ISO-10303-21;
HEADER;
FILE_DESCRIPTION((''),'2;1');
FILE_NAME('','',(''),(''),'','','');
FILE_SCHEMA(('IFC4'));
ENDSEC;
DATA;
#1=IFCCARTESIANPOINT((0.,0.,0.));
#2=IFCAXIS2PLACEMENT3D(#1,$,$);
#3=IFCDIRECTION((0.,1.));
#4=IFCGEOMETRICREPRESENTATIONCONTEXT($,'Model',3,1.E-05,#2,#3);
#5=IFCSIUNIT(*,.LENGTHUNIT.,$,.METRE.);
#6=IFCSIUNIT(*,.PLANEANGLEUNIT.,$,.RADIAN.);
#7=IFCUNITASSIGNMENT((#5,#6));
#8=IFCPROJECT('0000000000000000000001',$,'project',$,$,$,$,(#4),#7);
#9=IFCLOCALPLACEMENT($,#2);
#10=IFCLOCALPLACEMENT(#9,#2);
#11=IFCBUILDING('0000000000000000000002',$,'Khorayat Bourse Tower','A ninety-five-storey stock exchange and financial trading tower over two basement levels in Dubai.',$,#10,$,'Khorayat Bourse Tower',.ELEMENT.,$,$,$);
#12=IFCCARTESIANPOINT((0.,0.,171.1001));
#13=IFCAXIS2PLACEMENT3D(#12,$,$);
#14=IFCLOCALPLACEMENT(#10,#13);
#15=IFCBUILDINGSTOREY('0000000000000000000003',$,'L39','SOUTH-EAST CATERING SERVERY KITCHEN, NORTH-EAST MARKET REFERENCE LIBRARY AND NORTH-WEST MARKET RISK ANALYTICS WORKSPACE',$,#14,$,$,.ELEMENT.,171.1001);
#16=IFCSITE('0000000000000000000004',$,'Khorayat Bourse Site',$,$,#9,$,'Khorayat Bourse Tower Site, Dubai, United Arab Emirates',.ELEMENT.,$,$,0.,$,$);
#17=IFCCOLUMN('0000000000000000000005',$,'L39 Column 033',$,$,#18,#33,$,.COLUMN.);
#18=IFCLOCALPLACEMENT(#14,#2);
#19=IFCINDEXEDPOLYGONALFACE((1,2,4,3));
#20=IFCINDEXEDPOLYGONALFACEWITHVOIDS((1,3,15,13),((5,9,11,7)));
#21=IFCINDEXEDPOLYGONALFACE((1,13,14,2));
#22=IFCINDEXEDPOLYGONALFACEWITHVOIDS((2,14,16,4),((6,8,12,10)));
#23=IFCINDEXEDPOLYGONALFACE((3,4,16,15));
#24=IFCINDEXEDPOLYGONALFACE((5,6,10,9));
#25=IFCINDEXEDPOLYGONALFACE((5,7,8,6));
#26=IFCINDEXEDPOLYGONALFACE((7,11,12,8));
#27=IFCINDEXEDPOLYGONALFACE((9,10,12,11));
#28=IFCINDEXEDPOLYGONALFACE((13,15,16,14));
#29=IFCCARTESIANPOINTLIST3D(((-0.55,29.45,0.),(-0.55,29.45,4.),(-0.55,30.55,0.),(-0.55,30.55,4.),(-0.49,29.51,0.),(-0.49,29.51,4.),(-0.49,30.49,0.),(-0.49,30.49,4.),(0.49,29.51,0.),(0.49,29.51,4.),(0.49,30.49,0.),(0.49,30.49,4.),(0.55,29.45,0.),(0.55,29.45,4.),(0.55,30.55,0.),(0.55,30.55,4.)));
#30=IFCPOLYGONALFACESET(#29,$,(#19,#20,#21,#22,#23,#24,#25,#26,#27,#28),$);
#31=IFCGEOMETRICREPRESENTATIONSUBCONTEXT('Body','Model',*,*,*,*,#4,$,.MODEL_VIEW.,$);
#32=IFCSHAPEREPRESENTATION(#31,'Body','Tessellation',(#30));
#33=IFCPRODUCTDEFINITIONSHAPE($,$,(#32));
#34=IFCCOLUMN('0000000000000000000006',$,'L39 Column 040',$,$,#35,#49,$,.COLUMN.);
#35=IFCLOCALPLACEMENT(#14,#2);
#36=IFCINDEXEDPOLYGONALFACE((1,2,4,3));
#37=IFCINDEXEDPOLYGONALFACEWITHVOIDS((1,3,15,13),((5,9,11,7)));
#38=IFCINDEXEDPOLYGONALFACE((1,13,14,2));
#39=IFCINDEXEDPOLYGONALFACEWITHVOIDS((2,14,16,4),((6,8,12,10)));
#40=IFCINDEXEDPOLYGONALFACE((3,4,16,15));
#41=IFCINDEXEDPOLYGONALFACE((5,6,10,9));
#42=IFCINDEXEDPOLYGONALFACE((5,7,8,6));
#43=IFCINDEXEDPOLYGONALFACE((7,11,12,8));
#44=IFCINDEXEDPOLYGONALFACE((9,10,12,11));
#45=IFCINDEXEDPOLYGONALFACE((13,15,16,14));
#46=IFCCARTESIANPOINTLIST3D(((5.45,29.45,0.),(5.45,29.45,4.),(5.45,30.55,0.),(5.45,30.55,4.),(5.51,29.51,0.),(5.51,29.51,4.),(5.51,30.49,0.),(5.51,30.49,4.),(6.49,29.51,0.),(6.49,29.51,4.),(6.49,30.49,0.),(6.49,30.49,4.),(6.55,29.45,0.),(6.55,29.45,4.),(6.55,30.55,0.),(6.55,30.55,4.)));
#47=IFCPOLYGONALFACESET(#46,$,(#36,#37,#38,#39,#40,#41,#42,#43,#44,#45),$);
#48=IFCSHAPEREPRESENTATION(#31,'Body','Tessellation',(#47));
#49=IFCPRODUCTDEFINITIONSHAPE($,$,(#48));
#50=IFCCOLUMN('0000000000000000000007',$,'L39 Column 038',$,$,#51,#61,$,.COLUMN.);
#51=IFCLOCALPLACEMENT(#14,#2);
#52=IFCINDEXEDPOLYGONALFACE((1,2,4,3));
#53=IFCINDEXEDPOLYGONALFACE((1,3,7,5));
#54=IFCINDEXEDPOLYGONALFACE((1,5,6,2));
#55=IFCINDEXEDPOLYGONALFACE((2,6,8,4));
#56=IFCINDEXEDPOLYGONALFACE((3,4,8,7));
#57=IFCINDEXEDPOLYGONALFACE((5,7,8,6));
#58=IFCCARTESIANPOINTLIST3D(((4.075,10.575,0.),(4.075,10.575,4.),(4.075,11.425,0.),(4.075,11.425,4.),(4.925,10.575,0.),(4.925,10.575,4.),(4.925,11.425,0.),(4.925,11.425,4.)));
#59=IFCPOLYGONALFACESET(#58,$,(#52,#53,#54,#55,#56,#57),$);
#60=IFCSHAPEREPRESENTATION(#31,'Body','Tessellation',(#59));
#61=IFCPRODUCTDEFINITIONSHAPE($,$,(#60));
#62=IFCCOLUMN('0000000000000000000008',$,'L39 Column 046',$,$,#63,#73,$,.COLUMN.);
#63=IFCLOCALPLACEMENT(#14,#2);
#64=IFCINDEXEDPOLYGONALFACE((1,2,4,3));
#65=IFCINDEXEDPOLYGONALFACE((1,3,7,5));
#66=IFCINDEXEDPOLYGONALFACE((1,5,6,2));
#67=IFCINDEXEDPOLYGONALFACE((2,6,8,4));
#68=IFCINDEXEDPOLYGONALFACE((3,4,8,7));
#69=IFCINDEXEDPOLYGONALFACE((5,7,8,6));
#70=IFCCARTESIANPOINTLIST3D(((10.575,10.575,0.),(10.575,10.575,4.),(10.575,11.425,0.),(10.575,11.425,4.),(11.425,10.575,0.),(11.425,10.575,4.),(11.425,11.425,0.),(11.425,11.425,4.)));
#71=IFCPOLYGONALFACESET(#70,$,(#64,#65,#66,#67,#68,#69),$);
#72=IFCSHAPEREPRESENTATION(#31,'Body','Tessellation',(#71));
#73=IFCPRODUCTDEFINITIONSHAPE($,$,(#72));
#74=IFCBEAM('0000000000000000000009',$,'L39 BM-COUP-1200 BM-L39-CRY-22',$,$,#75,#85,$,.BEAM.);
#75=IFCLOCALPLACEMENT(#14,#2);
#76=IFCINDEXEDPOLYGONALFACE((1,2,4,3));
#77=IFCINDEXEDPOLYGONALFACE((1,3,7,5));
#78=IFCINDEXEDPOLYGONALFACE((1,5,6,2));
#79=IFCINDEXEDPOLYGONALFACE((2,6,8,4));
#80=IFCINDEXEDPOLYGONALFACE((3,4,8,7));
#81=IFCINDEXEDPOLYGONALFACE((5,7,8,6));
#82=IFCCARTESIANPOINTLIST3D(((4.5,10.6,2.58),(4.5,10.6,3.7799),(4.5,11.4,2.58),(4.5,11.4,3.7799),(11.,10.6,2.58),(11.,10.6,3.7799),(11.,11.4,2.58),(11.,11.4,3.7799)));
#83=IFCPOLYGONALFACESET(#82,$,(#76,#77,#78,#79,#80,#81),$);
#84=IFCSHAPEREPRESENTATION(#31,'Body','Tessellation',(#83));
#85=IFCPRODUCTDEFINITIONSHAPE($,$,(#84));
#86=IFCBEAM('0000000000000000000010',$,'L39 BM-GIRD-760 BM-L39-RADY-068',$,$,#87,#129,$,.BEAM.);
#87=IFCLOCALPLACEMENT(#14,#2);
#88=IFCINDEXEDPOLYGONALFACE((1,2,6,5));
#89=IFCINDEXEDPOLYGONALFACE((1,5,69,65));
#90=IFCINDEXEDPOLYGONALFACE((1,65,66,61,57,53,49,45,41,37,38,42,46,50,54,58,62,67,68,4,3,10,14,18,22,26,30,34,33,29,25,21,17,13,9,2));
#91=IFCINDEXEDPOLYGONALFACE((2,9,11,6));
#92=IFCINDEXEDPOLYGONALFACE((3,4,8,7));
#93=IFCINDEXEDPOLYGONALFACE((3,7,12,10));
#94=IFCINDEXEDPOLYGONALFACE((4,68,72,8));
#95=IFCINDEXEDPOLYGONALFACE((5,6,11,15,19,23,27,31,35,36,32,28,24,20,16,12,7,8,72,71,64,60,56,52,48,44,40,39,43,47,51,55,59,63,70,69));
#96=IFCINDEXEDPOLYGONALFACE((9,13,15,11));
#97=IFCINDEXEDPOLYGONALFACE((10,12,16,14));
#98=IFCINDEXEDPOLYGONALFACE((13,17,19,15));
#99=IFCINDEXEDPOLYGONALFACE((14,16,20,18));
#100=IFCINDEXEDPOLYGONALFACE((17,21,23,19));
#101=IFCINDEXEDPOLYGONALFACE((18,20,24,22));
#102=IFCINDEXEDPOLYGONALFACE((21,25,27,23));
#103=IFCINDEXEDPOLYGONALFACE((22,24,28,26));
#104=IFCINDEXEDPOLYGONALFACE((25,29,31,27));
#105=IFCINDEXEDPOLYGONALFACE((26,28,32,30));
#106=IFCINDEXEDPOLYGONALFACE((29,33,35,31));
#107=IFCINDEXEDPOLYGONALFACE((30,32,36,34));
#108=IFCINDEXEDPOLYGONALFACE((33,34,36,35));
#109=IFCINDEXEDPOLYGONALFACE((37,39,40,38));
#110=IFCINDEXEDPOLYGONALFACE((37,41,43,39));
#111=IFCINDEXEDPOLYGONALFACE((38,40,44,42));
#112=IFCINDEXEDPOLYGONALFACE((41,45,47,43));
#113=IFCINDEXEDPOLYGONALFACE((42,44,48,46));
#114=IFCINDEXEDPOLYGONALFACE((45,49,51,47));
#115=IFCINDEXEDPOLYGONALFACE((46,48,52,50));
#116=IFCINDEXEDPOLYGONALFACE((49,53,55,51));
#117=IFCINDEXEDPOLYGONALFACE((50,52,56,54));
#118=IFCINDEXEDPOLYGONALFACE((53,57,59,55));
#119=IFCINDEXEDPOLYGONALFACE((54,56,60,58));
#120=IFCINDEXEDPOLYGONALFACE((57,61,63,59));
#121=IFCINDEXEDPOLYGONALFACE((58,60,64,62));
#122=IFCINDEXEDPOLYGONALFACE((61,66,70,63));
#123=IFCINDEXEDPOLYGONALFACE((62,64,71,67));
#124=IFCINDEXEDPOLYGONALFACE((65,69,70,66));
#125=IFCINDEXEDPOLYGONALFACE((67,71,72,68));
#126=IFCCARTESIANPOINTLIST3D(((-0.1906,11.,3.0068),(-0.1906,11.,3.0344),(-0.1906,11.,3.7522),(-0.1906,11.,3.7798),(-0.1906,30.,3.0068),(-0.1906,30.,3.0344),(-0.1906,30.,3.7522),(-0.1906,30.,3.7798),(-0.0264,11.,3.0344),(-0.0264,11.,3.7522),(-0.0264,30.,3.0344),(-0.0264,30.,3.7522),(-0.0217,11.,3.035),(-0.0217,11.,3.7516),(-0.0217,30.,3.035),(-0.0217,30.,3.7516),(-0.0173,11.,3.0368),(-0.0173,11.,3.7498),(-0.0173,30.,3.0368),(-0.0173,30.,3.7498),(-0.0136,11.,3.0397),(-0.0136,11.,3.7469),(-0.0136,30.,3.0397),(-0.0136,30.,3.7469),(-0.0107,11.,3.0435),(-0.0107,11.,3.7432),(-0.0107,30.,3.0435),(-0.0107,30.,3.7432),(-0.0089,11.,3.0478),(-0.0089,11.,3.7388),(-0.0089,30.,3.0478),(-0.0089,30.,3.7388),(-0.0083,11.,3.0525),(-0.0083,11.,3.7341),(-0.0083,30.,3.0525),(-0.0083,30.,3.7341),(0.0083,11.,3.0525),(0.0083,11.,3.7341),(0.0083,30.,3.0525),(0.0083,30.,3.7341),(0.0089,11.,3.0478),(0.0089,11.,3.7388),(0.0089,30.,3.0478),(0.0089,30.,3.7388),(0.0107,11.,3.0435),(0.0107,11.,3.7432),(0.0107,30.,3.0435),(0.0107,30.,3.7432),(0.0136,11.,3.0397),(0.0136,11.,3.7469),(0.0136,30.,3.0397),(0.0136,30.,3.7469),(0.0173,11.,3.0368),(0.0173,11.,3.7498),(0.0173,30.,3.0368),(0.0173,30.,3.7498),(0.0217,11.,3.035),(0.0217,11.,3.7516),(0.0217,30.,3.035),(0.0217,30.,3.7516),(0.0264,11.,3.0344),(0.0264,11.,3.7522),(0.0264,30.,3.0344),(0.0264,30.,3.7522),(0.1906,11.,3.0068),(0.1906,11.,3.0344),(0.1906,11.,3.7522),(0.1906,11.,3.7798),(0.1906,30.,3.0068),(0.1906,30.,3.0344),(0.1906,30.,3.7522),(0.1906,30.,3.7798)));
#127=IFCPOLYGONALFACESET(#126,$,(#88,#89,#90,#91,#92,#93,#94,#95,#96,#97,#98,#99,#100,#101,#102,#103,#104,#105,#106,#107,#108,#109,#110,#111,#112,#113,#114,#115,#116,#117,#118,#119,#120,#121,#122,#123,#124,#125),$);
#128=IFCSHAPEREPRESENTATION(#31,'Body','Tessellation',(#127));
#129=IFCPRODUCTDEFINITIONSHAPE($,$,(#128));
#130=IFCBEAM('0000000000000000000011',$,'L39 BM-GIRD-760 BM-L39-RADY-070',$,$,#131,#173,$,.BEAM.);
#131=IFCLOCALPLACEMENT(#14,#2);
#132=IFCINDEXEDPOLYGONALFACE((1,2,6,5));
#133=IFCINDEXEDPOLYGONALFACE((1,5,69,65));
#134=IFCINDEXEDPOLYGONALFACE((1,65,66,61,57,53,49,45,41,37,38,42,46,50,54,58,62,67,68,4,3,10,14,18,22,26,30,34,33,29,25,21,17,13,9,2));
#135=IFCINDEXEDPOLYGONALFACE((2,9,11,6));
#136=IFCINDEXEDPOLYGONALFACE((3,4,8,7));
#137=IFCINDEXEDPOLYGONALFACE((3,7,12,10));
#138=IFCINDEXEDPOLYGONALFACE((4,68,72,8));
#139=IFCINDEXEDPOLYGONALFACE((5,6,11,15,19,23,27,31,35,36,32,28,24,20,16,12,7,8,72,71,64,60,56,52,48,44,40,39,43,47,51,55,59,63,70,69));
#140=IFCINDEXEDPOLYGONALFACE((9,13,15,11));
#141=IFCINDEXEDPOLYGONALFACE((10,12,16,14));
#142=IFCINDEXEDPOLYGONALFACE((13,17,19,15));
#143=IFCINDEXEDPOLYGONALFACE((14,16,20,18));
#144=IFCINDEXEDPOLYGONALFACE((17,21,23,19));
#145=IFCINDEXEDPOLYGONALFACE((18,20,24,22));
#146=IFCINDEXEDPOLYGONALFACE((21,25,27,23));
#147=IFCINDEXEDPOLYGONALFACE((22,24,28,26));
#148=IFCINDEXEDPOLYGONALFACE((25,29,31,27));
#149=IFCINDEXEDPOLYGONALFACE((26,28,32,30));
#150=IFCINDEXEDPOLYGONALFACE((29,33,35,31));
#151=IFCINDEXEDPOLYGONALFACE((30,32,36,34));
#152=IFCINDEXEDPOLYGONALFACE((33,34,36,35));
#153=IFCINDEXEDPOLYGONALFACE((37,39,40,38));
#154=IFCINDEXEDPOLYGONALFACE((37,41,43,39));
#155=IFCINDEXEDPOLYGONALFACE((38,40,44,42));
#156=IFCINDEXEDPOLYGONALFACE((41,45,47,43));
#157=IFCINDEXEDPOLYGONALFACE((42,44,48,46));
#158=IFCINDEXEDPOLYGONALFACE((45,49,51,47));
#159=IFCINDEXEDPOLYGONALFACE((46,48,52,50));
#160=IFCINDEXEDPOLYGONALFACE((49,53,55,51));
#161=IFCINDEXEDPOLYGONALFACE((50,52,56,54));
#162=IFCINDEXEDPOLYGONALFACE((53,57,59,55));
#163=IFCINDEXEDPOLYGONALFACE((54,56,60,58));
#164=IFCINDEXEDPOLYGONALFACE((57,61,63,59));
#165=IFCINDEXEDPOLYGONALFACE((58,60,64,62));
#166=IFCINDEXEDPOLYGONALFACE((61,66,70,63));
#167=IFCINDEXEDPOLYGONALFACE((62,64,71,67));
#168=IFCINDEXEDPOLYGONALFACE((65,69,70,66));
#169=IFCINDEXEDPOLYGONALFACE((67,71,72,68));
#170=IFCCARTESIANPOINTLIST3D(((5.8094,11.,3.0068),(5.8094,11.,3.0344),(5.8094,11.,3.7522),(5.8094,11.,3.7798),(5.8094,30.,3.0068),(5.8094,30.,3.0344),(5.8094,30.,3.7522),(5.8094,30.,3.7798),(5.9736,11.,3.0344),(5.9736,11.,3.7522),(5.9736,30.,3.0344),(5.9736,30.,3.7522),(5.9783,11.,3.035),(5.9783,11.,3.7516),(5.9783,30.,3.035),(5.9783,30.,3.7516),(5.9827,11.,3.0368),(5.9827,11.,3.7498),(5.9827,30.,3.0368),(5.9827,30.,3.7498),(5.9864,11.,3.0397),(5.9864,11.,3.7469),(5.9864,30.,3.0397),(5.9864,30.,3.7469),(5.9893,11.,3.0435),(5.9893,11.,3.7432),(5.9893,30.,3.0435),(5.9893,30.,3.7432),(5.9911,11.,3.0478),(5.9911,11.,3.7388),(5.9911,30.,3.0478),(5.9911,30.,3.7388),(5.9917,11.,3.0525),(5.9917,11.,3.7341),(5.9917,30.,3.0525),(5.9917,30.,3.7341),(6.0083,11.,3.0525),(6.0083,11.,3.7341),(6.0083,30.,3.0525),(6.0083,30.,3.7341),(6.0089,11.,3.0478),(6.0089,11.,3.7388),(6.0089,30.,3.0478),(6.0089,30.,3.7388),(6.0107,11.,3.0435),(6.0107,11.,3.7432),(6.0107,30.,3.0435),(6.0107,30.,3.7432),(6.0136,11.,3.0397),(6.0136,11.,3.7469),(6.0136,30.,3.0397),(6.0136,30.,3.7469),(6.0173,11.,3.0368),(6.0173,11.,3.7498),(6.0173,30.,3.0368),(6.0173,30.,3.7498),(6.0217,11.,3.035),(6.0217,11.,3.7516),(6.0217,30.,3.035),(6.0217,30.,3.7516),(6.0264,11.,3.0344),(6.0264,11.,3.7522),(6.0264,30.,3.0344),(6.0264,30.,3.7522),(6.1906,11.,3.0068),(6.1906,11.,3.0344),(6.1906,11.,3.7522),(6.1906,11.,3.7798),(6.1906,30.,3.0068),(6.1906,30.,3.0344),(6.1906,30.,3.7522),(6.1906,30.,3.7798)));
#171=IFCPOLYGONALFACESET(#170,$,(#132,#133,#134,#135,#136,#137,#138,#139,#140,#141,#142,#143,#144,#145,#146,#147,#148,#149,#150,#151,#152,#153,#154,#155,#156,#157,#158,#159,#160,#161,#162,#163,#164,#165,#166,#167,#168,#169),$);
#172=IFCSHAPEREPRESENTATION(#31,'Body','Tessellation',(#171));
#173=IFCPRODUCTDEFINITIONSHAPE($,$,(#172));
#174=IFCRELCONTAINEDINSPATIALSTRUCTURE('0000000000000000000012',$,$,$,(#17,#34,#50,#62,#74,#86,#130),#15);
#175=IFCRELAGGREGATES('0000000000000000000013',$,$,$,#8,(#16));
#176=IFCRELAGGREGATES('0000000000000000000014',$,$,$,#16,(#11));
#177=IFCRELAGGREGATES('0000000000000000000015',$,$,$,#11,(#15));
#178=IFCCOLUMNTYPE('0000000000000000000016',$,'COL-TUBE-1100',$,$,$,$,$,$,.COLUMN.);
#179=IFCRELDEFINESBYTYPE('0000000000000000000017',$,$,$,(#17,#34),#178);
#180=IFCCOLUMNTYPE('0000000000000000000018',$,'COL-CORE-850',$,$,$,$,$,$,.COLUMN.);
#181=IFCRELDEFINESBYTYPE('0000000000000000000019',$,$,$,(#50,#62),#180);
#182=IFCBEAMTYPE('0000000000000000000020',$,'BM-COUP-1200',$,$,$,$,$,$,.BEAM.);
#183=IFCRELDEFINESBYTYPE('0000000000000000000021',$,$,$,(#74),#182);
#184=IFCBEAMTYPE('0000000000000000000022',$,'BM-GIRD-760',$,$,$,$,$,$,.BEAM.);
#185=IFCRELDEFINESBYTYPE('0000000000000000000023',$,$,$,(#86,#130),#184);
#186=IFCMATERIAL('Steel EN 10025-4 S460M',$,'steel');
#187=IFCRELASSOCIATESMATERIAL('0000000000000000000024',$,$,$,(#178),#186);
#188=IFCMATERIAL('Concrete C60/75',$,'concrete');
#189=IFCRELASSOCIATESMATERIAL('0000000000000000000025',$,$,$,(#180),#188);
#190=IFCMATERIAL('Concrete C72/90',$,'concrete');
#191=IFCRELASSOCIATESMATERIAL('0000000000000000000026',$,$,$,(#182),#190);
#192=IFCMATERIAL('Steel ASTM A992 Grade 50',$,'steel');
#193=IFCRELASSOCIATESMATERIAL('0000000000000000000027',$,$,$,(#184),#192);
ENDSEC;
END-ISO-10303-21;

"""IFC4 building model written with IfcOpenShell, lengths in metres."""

from ifc_helpers import new_model, si_unit, direction, frame, origin, origin_2d, place, context, subcontext, project, spatial, rectangle, hollow_rectangle, i_section, extrude, source, transform, mapped, material, material_profile, profile_set, type_object, element, save


model = new_model("IFC4")

# Units and contexts
model_context = context("Model", 3, precision=1e-05, world=origin(), true_north=direction((0.0, 1.0)))
body_context = subcontext(model_context, "Body", "Model", "MODEL_VIEW")
ifc_project = project(units=[si_unit("LENGTHUNIT", "METRE"), si_unit("PLANEANGLEUNIT", "RADIAN")], contexts=[model_context])

# Site, building, storey
site_placement = place(None, origin())
site = spatial("IfcSite", under=ifc_project, at=site_placement, Name="Khorayat Bourse Site", LongName="Khorayat Bourse Tower Site, Dubai, United Arab Emirates", CompositionType="ELEMENT", RefElevation=0.0)
building_placement = place(site_placement, origin())
building = spatial("IfcBuilding", under=site, at=building_placement, Name="Khorayat Bourse Tower", Description="A ninety-five-storey stock exchange and financial trading tower over two basement levels in Dubai.", LongName="Khorayat Bourse Tower", CompositionType="ELEMENT")
storey_placement = place(building_placement, frame((0.0, 0.0, 171.1001)))
storey = spatial("IfcBuildingStorey", under=building, at=storey_placement, Name="L39", Description="SOUTH-EAST CATERING SERVERY KITCHEN, NORTH-EAST MARKET REFERENCE LIBRARY AND NORTH-WEST MARKET RISK ANALYTICS WORKSPACE", CompositionType="ELEMENT", Elevation=171.1001)

# Columns
ifc_material_1 = material(Name="Steel EN 10025-4 S460M", Category="steel")
ifc_material_profile_1 = material_profile(ifc_material_1, hollow_rectangle(XDim=1.1001, YDim=1.1001, WallThickness=0.0601, at=origin_2d()), Name="BOX 1100x1100x60")
ifc_profile_set_1 = profile_set([ifc_material_profile_1], Name="Steel EN 10025-4 S460M")
column_type_1 = type_object("IfcColumnType", Name="COL-TUBE-1100", PredefinedType="COLUMN", material=ifc_profile_set_1)
shared_shape_1 = source(origin(), body_context, "Body", "SweptSolid", [
    extrude(hollow_rectangle(XDim=1.1001, YDim=1.1001, WallThickness=0.0601, at=origin_2d()), origin(), (0.0, 0.0, 1.0), 4.0),
])
for number, where, z_axis, x_axis, name in (
    (1, (0.0, 30.0, 0.0), (0.0, 0.0, 1.0), (1.0, 0.0, 0.0), "L39 Column 033"),
    (2, (6.0, 30.0, 0.0), (0.0, 0.0, 1.0), (1.0, 0.0, 0.0), "L39 Column 040"),
):
    element("IfcColumn", number, at=place(storey_placement, frame(where, z_axis=z_axis, x_axis=x_axis)), inside=storey, type_object=column_type_1, Name=name, PredefinedType="COLUMN", context=body_context, shape_type="MappedRepresentation", body=[
        mapped(shared_shape_1, transform((0.0, 0.0, 0.0), scale=1.0)),
    ])
ifc_material_2 = material(Name="Concrete C60/75", Category="concrete")
ifc_material_profile_2 = material_profile(ifc_material_2, rectangle(XDim=0.8501, YDim=0.8501, at=origin_2d()), Name="RC 850x850")
ifc_profile_set_2 = profile_set([ifc_material_profile_2], Name="Concrete C60/75")
column_type_2 = type_object("IfcColumnType", Name="COL-CORE-850", PredefinedType="COLUMN", material=ifc_profile_set_2)
shared_shape_2 = source(origin(), body_context, "Body", "SweptSolid", [
    extrude(rectangle(XDim=0.8501, YDim=0.8501, at=origin_2d()), origin(), (0.0, 0.0, 1.0), 4.0),
])
for number, where, z_axis, x_axis, name in (
    (3, (4.5, 11.0, 0.0), (0.0, 0.0, 1.0), (1.0, 0.0, 0.0), "L39 Column 038"),
    (4, (11.0, 11.0, 0.0), (0.0, 0.0, 1.0), (1.0, 0.0, 0.0), "L39 Column 046"),
):
    element("IfcColumn", number, at=place(storey_placement, frame(where, z_axis=z_axis, x_axis=x_axis)), inside=storey, type_object=column_type_2, Name=name, PredefinedType="COLUMN", context=body_context, shape_type="MappedRepresentation", body=[
        mapped(shared_shape_2, transform((0.0, 0.0, 0.0), scale=1.0)),
    ])

# Beams
ifc_material_3 = material(Name="Concrete C72/90", Category="concrete")
ifc_material_profile_3 = material_profile(ifc_material_3, rectangle(XDim=0.8, YDim=1.2, at=origin_2d()), Name="RC 800x1200")
ifc_profile_set_3 = profile_set([ifc_material_profile_3], Name="Concrete C72/90")
beam_type_1 = type_object("IfcBeamType", Name="BM-COUP-1200", PredefinedType="BEAM", material=ifc_profile_set_3)
shared_shape_3 = source(origin(), body_context, "Body", "SweptSolid", [
    extrude(rectangle(XDim=0.8, YDim=1.2, at=origin_2d()), origin(), (0.0, 0.0, 1.0), 6.5),
])
beam_1_placement = place(storey_placement, frame((4.5, 11.0, 3.1799), z_axis=(1.0, 0.0, 0.0), x_axis=(0.0, 1.0, 0.0)))
element("IfcBeam", 5, at=beam_1_placement, inside=storey, type_object=beam_type_1, Name="L39 BM-COUP-1200 BM-L39-CRY-22", PredefinedType="BEAM", context=body_context, shape_type="MappedRepresentation", body=[
    mapped(shared_shape_3, transform((0.0, 0.0, 0.0), scale=1.0)),
])
ifc_material_4 = material(Name="Steel ASTM A992 Grade 50", Category="steel")
ifc_material_profile_4 = material_profile(ifc_material_4, i_section(OverallWidth=0.3811, OverallDepth=0.7729, WebThickness=0.0166, FlangeThickness=0.0276, FilletRadius=0.0181, at=origin_2d()), Name="W760X257")
ifc_profile_set_4 = profile_set([ifc_material_profile_4], Name="Steel ASTM A992 Grade 50")
beam_type_2 = type_object("IfcBeamType", Name="BM-GIRD-760", PredefinedType="BEAM", material=ifc_profile_set_4)
shared_shape_4 = source(origin(), body_context, "Body", "SweptSolid", [
    extrude(i_section(OverallWidth=0.3811, OverallDepth=0.7729, WebThickness=0.0166, FlangeThickness=0.0276, FilletRadius=0.0181, at=origin_2d()), origin(), (0.0, 0.0, 1.0), 19.0),
])
for number, where, z_axis, x_axis, name in (
    (6, (0.0, 11.0, 3.3933), (0.0, 1.0, 0.0), (-1.0, 0.0, 0.0), "L39 BM-GIRD-760 BM-L39-RADY-068"),
    (7, (6.0, 11.0, 3.3933), (0.0, 1.0, 0.0), (-1.0, 0.0, 0.0), "L39 BM-GIRD-760 BM-L39-RADY-070"),
):
    element("IfcBeam", number, at=place(storey_placement, frame(where, z_axis=z_axis, x_axis=x_axis)), inside=storey, type_object=beam_type_2, Name=name, PredefinedType="BEAM", context=body_context, shape_type="MappedRepresentation", body=[
        mapped(shared_shape_4, transform((0.0, 0.0, 0.0), scale=1.0)),
    ])

save(model, "model.ifc")
